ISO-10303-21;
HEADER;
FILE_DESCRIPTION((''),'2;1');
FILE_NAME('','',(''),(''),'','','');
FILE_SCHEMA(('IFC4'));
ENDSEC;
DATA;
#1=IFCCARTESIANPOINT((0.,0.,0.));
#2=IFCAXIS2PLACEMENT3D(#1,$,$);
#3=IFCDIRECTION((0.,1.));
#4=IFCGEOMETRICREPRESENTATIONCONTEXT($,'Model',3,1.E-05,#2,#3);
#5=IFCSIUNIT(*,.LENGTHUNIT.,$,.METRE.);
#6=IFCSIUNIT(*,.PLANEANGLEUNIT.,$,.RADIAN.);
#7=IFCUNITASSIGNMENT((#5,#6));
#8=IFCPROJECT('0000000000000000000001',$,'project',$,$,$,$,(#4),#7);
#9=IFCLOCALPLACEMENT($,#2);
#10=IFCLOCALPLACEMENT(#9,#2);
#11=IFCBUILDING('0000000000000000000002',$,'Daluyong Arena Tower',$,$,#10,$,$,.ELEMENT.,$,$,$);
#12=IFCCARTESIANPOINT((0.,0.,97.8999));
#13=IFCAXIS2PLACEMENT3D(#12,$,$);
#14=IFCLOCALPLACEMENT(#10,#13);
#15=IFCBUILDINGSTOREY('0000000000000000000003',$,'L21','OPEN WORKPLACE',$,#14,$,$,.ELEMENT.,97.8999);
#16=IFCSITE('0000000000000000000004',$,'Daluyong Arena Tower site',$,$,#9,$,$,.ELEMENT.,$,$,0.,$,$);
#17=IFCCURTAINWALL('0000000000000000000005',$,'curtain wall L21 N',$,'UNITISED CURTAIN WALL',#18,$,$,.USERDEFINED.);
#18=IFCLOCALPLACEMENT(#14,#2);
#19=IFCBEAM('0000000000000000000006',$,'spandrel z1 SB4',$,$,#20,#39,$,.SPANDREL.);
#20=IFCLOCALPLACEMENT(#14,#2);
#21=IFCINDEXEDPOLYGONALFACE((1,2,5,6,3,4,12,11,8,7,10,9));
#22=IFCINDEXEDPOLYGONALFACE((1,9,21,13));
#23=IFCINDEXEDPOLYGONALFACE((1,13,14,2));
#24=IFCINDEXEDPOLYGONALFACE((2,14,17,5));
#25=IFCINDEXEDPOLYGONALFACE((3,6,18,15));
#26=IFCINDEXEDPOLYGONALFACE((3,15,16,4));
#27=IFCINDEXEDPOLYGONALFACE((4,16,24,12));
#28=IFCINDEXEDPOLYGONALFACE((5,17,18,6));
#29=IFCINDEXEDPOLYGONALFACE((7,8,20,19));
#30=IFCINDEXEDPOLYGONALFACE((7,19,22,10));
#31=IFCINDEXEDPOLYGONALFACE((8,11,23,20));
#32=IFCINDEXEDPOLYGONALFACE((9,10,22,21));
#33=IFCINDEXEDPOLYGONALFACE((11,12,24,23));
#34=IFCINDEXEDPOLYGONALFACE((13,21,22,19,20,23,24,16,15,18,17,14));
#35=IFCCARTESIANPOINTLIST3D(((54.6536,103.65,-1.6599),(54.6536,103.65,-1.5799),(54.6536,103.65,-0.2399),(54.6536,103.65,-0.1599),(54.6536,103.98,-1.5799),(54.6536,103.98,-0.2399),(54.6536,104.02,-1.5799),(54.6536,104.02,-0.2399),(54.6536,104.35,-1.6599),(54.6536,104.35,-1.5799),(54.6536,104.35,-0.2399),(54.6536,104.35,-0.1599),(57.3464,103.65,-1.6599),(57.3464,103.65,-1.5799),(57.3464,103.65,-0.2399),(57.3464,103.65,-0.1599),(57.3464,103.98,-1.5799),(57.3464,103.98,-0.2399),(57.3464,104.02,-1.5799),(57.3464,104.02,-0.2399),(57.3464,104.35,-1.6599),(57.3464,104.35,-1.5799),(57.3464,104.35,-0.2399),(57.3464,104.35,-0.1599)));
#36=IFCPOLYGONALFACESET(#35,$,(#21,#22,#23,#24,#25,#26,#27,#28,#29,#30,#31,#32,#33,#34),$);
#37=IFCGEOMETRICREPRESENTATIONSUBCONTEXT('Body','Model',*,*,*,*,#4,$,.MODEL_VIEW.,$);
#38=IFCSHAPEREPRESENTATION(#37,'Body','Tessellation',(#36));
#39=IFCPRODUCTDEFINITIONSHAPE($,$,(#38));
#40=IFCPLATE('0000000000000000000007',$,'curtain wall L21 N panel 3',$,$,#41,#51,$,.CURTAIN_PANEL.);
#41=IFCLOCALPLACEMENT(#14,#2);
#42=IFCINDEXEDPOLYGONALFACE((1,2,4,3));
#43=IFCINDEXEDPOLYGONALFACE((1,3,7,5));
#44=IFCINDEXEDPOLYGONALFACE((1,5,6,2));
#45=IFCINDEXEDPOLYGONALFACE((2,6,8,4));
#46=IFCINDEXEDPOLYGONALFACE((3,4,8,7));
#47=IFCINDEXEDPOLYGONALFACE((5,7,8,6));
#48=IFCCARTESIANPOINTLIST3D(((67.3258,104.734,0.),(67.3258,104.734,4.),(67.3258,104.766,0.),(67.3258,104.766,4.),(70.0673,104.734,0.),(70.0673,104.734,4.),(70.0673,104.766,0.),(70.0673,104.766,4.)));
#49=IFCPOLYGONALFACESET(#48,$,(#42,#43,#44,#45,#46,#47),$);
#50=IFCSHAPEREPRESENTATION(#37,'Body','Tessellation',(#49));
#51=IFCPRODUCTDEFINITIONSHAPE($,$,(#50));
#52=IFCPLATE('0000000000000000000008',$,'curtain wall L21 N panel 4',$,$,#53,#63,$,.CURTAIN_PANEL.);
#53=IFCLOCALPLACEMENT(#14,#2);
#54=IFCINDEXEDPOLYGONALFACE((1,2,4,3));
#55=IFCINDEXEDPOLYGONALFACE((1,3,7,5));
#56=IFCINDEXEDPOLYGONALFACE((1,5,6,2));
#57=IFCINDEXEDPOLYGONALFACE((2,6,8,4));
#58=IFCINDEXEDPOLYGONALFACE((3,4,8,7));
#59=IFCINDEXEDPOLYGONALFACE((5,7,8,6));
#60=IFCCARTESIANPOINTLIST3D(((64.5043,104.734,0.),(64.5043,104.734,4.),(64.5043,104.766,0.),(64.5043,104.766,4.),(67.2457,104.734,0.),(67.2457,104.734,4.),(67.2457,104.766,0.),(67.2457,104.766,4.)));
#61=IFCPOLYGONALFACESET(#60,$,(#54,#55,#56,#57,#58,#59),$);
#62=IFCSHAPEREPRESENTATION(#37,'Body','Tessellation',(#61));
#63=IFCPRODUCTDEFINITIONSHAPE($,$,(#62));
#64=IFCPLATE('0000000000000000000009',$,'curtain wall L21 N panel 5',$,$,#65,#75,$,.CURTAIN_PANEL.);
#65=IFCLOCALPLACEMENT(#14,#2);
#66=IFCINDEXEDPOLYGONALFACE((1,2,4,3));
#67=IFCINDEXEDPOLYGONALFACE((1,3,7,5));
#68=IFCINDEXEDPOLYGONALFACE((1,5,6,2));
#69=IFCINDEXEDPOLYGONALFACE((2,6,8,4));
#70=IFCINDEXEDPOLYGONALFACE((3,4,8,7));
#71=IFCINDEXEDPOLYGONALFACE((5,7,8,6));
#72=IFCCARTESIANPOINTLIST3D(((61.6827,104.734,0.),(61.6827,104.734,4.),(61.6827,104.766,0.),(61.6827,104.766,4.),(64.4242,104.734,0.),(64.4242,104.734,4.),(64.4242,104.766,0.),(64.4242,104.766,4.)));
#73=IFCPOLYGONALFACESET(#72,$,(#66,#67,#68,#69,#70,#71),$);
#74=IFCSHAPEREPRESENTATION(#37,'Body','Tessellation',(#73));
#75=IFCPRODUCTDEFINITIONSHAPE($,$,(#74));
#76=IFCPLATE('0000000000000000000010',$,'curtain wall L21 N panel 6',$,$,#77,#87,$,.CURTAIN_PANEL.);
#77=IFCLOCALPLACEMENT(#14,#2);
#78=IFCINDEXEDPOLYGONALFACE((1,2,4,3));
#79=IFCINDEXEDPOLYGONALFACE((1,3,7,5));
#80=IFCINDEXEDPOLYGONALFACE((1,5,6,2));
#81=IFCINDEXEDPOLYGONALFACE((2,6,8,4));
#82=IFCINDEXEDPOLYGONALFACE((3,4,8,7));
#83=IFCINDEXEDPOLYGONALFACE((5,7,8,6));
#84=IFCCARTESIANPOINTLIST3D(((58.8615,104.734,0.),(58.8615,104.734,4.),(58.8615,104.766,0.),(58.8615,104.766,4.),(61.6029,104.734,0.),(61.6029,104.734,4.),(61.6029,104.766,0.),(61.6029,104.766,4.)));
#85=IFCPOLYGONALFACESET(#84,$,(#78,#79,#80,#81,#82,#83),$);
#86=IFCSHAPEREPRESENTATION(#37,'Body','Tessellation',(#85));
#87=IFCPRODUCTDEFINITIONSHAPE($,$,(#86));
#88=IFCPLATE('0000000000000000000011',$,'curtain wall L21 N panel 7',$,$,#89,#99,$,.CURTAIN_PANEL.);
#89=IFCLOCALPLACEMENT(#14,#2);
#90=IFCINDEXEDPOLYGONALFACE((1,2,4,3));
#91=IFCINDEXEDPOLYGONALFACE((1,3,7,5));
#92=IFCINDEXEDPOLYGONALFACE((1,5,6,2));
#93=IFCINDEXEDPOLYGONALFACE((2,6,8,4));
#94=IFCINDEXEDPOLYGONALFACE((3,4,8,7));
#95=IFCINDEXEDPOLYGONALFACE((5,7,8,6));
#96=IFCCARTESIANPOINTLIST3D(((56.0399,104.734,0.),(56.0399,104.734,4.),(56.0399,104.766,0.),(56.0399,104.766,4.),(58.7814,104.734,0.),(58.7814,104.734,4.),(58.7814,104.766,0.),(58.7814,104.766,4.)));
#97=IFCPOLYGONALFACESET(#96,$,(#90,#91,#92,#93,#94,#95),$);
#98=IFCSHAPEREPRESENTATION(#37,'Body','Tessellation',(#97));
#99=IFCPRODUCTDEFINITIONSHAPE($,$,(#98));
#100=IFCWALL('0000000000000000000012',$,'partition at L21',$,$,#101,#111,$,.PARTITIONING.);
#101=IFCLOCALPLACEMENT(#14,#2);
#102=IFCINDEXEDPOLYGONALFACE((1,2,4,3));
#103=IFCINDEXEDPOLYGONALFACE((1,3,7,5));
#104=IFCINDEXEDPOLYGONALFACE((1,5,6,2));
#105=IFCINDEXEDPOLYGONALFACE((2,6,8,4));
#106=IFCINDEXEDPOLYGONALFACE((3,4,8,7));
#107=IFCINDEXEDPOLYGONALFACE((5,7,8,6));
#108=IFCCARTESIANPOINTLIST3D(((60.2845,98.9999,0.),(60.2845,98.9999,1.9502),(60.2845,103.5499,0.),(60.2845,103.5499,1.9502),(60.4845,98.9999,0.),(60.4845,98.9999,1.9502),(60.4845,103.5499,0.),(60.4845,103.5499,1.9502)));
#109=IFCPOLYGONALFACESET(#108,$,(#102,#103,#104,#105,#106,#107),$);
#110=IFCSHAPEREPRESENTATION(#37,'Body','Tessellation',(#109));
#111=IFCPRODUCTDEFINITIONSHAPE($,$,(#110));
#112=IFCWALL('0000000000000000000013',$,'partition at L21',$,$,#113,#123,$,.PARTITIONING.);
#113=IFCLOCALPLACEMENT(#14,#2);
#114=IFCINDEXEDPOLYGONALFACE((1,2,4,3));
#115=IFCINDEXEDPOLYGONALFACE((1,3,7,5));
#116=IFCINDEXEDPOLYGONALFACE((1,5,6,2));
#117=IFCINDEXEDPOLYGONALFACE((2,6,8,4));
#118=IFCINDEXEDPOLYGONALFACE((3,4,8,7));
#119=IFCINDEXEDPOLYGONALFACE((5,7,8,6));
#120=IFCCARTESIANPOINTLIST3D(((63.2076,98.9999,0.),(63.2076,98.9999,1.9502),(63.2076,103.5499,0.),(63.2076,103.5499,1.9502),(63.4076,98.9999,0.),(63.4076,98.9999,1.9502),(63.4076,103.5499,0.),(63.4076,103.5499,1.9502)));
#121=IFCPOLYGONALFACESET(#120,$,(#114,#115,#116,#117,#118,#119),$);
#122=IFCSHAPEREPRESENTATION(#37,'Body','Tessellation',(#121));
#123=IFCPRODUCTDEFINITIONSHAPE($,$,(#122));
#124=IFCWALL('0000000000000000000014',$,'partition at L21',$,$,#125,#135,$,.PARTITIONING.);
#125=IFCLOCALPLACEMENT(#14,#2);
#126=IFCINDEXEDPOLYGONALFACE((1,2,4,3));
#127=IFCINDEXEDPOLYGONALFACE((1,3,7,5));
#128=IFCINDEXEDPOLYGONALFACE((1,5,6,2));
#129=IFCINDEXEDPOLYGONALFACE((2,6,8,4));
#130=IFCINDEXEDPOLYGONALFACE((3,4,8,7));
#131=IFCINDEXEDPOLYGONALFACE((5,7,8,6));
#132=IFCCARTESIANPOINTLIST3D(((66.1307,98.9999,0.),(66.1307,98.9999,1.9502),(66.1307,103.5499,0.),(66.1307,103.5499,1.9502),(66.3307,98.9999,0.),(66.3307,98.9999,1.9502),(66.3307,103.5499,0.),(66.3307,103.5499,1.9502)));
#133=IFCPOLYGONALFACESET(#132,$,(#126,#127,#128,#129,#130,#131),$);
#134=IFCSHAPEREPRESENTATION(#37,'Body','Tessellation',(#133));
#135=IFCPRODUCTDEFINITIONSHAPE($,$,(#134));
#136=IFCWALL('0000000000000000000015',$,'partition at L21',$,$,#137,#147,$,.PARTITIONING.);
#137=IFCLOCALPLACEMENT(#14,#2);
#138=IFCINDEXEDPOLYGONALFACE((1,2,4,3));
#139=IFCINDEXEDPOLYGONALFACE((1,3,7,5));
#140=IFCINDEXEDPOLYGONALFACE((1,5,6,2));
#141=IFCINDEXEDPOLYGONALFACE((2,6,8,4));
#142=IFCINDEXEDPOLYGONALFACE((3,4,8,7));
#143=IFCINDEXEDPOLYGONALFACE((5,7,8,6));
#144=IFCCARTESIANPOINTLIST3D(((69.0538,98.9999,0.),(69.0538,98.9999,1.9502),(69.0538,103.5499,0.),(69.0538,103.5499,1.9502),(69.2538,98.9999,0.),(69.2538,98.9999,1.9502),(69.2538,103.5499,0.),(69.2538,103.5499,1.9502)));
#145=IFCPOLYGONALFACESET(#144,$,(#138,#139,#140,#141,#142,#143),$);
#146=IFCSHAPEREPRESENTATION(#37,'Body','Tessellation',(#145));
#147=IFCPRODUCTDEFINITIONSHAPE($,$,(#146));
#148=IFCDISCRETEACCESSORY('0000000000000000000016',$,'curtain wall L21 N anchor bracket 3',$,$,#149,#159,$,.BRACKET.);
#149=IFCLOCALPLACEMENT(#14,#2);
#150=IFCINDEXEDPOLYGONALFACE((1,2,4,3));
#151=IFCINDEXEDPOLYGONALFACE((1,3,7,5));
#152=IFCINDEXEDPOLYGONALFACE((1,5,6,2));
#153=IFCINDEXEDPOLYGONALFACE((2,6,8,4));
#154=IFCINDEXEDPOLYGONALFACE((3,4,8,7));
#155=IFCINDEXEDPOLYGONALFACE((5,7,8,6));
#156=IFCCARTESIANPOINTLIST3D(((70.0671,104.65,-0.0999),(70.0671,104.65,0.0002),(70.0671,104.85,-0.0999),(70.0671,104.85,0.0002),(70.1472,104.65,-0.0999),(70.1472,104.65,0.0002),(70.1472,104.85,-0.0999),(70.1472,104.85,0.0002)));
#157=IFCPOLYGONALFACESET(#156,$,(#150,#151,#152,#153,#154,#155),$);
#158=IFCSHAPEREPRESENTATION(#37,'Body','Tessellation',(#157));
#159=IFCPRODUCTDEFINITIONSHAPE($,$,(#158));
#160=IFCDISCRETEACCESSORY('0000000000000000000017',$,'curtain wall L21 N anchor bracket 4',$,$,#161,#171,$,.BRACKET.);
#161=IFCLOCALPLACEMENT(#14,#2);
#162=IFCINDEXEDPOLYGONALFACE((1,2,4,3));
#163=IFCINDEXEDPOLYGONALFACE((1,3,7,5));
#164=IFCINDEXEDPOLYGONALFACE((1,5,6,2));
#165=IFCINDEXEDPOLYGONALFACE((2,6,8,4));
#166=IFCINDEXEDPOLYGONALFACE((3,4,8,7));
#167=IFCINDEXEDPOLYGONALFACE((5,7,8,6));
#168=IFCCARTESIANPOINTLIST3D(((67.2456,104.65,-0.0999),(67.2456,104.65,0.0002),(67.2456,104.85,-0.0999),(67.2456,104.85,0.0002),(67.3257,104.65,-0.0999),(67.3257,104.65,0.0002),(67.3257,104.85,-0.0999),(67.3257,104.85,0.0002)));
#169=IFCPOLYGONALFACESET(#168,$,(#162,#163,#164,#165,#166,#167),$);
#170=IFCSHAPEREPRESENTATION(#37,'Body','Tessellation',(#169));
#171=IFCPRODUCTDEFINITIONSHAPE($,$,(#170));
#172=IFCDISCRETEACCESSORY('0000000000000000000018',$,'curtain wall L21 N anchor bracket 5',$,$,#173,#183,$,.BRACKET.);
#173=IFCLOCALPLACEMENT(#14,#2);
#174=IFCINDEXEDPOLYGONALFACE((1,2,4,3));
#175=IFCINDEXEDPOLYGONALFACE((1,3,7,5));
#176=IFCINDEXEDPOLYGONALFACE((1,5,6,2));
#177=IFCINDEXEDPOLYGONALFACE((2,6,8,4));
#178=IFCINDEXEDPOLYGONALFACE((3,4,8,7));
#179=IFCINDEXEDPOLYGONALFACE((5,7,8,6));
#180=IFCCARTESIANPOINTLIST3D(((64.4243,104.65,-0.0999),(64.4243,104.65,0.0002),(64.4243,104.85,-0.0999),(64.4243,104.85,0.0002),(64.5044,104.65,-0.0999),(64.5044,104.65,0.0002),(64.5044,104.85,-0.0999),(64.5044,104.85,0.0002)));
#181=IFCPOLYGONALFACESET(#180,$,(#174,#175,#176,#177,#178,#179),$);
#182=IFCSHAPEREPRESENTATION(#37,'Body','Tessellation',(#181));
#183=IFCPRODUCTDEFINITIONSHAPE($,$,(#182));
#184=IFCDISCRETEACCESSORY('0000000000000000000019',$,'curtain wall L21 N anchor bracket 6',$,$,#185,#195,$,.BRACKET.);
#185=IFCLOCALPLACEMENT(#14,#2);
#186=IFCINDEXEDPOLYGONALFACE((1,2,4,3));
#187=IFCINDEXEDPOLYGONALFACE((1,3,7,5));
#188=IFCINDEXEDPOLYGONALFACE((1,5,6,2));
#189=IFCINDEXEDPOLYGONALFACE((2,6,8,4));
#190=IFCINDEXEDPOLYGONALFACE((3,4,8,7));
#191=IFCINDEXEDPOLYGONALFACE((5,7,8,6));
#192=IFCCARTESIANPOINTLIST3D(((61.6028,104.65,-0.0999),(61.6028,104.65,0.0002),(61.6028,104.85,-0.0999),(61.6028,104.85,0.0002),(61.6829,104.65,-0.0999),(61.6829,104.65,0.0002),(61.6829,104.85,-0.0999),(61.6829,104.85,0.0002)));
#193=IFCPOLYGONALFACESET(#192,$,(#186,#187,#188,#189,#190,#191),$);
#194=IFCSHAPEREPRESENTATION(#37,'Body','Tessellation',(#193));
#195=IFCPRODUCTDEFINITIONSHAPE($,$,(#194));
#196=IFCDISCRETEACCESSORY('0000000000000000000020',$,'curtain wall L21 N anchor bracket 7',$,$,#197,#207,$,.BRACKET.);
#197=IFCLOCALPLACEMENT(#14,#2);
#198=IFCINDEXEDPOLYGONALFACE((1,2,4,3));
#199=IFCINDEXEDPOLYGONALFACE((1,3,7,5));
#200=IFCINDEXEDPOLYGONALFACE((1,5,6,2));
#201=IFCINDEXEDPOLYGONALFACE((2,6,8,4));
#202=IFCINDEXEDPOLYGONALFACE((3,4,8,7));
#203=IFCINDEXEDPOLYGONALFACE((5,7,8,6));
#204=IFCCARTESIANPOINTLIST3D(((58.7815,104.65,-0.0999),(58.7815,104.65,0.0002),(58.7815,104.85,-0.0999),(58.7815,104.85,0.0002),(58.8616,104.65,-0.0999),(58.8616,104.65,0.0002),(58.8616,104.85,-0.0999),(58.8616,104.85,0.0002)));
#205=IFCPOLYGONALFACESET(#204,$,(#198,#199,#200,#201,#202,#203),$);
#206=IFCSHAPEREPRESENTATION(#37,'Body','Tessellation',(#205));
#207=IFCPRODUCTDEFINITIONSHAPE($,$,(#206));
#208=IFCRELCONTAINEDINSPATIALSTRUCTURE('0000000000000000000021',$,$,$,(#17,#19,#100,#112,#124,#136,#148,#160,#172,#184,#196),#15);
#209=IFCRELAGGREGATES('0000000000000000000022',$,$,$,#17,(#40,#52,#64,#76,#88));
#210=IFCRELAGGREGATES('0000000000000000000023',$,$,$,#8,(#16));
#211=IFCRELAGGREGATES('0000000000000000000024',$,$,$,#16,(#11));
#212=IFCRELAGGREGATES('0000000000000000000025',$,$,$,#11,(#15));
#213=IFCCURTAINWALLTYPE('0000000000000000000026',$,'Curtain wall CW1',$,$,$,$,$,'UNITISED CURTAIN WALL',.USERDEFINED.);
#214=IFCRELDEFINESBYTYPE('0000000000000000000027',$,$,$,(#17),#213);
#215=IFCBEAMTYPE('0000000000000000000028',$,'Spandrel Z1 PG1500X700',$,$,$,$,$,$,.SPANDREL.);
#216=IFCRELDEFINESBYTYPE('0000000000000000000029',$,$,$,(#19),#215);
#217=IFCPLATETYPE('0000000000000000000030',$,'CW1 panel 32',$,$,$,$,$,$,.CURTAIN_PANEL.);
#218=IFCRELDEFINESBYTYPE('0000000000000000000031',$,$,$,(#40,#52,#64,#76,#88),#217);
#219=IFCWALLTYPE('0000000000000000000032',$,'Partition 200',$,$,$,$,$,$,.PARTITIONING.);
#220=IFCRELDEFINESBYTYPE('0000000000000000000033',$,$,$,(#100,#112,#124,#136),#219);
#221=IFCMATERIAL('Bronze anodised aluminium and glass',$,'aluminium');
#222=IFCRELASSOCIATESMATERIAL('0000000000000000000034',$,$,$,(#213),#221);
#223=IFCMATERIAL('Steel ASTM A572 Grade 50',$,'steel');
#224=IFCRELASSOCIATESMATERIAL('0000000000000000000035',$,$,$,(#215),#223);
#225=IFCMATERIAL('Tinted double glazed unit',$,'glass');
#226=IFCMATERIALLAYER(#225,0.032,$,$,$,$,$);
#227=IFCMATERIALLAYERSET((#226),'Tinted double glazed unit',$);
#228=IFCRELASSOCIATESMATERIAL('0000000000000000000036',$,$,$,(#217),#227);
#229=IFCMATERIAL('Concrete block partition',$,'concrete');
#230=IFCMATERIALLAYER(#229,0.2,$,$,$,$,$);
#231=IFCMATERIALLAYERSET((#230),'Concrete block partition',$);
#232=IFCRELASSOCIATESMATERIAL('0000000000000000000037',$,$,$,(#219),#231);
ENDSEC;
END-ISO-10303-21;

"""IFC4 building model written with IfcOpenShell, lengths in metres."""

from ifc_helpers import new_model, si_unit, direction, frame, frame_2d, origin, origin_2d, place, context, subcontext, project, spatial, rectangle, i_section, extrude, material, layer, layer_set, material_profile, profile_set, type_object, element, aggregate, save


model = new_model("IFC4")

# Units and contexts
model_context = context("Model", 3, precision=1e-05, world=origin(), true_north=direction((0.0, 1.0)))
body_context = subcontext(model_context, "Body", "Model", "MODEL_VIEW")
ifc_project = project(units=[si_unit("LENGTHUNIT", "METRE"), si_unit("PLANEANGLEUNIT", "RADIAN")], contexts=[model_context])

# Site, building, storey
site_placement = place(None, origin())
site = spatial("IfcSite", under=ifc_project, at=site_placement, Name="Daluyong Arena Tower site", CompositionType="ELEMENT", RefElevation=0.0)
building_placement = place(site_placement, origin())
building = spatial("IfcBuilding", under=site, at=building_placement, Name="Daluyong Arena Tower", CompositionType="ELEMENT")
storey_placement = place(building_placement, frame((0.0, 0.0, 97.8999)))
storey = spatial("IfcBuildingStorey", under=building, at=storey_placement, Name="L21", Description="OPEN WORKPLACE", CompositionType="ELEMENT", Elevation=97.8999)

# Curtain wall
ifc_material_1 = material(Name="Bronze anodised aluminium and glass", Category="aluminium")
curtain_wall_type = type_object("IfcCurtainWallType", Name="Curtain wall CW1", ElementType="UNITISED CURTAIN WALL", PredefinedType="USERDEFINED", material=ifc_material_1)
curtain_wall_placement = place(storey_placement, origin())
curtain_wall = element("IfcCurtainWall", 1, at=curtain_wall_placement, inside=storey, type_object=curtain_wall_type, Name="curtain wall L21 N", ObjectType="UNITISED CURTAIN WALL", PredefinedType="USERDEFINED")

# Beam
ifc_material_2 = material(Name="Steel ASTM A572 Grade 50", Category="steel")
ifc_material_profile_1 = material_profile(ifc_material_2, i_section(OverallWidth=0.7, OverallDepth=1.5, WebThickness=0.04, FlangeThickness=0.08, at=origin_2d()))
ifc_profile_set_1 = profile_set([ifc_material_profile_1], Name="Steel ASTM A572 Grade 50")
beam_type_1 = type_object("IfcBeamType", Name="Spandrel Z1 PG1500X700", PredefinedType="SPANDREL", material=ifc_profile_set_1)
beam_1_placement = place(storey_placement, frame((57.3464, 104.0, -0.9099), z_axis=(-1.0, 0.0, 0.0), x_axis=(0.0, -1.0, 0.0)))
element("IfcBeam", 2, at=beam_1_placement, inside=storey, type_object=beam_type_1, Name="spandrel z1 SB4", PredefinedType="SPANDREL", context=body_context, shape_type="SweptSolid", body=[
    extrude(i_section(OverallWidth=0.7, OverallDepth=1.5, WebThickness=0.04, FlangeThickness=0.08, at=origin_2d()), origin(), (0.0, 0.0, 1.0), 2.6929),
])

# Plates
ifc_material_3 = material(Name="Tinted double glazed unit", Category="glass")
ifc_layer_1 = layer(ifc_material_3, 0.032)
ifc_layer_set_1 = layer_set([ifc_layer_1], Name="Tinted double glazed unit")
plate_type = type_object("IfcPlateType", Name="CW1 panel 32", PredefinedType="CURTAIN_PANEL", material=ifc_layer_set_1)
plate_1_placement = place(storey_placement, frame((68.6965, 104.75, 0.0), z_axis=(0.0, 0.0, 1.0), x_axis=(-1.0, 0.0, 0.0)))
plate_1 = element("IfcPlate", 3, at=plate_1_placement, type_object=plate_type, Name="curtain wall L21 N panel 3", PredefinedType="CURTAIN_PANEL", context=body_context, shape_type="SweptSolid", body=[
    extrude(rectangle(XDim=2.7415, YDim=0.032, at=origin_2d()), origin(), (0.0, 0.0, 1.0), 4.0),
])
plate_2_placement = place(storey_placement, frame((65.875, 104.75, 0.0), z_axis=(0.0, 0.0, 1.0), x_axis=(-1.0, 0.0, 0.0)))
plate_2 = element("IfcPlate", 4, at=plate_2_placement, type_object=plate_type, Name="curtain wall L21 N panel 4", PredefinedType="CURTAIN_PANEL", context=body_context, shape_type="SweptSolid", body=[
    extrude(rectangle(XDim=2.7415, YDim=0.032, at=origin_2d()), origin(), (0.0, 0.0, 1.0), 4.0),
])
plate_3_placement = place(storey_placement, frame((63.0535, 104.75, 0.0), z_axis=(0.0, 0.0, 1.0), x_axis=(-1.0, 0.0, 0.0)))
plate_3 = element("IfcPlate", 5, at=plate_3_placement, type_object=plate_type, Name="curtain wall L21 N panel 5", PredefinedType="CURTAIN_PANEL", context=body_context, shape_type="SweptSolid", body=[
    extrude(rectangle(XDim=2.7415, YDim=0.032, at=origin_2d()), origin(), (0.0, 0.0, 1.0), 4.0),
])
plate_4_placement = place(storey_placement, frame((60.2322, 104.75, 0.0), z_axis=(0.0, 0.0, 1.0), x_axis=(-1.0, 0.0, 0.0)))
plate_4 = element("IfcPlate", 6, at=plate_4_placement, type_object=plate_type, Name="curtain wall L21 N panel 6", PredefinedType="CURTAIN_PANEL", context=body_context, shape_type="SweptSolid", body=[
    extrude(rectangle(XDim=2.7415, YDim=0.032, at=origin_2d()), origin(), (0.0, 0.0, 1.0), 4.0),
])
plate_5_placement = place(storey_placement, frame((57.4106, 104.75, 0.0), z_axis=(0.0, 0.0, 1.0), x_axis=(-1.0, 0.0, 0.0)))
plate_5 = element("IfcPlate", 7, at=plate_5_placement, type_object=plate_type, Name="curtain wall L21 N panel 7", PredefinedType="CURTAIN_PANEL", context=body_context, shape_type="SweptSolid", body=[
    extrude(rectangle(XDim=2.7415, YDim=0.032, at=origin_2d()), origin(), (0.0, 0.0, 1.0), 4.0),
])
aggregate(curtain_wall, [plate_1, plate_2, plate_3, plate_4, plate_5])

# Walls
ifc_material_4 = material(Name="Concrete block partition", Category="concrete")
ifc_layer_2 = layer(ifc_material_4, 0.2)
ifc_layer_set_2 = layer_set([ifc_layer_2], Name="Concrete block partition")
wall_type = type_object("IfcWallType", Name="Partition 200", PredefinedType="PARTITIONING", material=ifc_layer_set_2)
for number, where, z_axis, x_axis, name in (
    (8, (60.3845, 99.0, 0.0), (0.0, 0.0, 1.0), (0.0, 1.0, 0.0), "partition at L21"),
    (9, (63.3076, 99.0, 0.0), (0.0, 0.0, 1.0), (0.0, 1.0, 0.0), "partition at L21"),
    (10, (66.2307, 99.0, 0.0), (0.0, 0.0, 1.0), (0.0, 1.0, 0.0), "partition at L21"),
    (11, (69.1538, 99.0, 0.0), (0.0, 0.0, 1.0), (0.0, 1.0, 0.0), "partition at L21"),
):
    element("IfcWall", number, at=place(storey_placement, frame(where, z_axis=z_axis, x_axis=x_axis)), inside=storey, type_object=wall_type, Name=name, PredefinedType="PARTITIONING", context=body_context, shape_type="SweptSolid", body=[
        extrude(rectangle(XDim=4.55, YDim=0.2, at=frame_2d((2.2749, 0.0))), origin(), (0.0, 0.0, 1.0), 1.9502),
    ])

# Discrete accessories
for number, where, z_axis, x_axis, name in (
    (12, (70.1072, 104.75, -0.0999), (0.0, 0.0, 1.0), (-1.0, 0.0, 0.0), "curtain wall L21 N anchor bracket 3"),
    (13, (67.2856, 104.75, -0.0999), (0.0, 0.0, 1.0), (-1.0, 0.0, 0.0), "curtain wall L21 N anchor bracket 4"),
    (14, (64.4644, 104.75, -0.0999), (0.0, 0.0, 1.0), (-1.0, 0.0, 0.0), "curtain wall L21 N anchor bracket 5"),
    (15, (61.6428, 104.75, -0.0999), (0.0, 0.0, 1.0), (-1.0, 0.0, 0.0), "curtain wall L21 N anchor bracket 6"),
    (16, (58.8215, 104.75, -0.0999), (0.0, 0.0, 1.0), (-1.0, 0.0, 0.0), "curtain wall L21 N anchor bracket 7"),
):
    element("IfcDiscreteAccessory", number, at=place(storey_placement, frame(where, z_axis=z_axis, x_axis=x_axis)), inside=storey, Name=name, PredefinedType="BRACKET", context=body_context, shape_type="SweptSolid", body=[
        extrude(rectangle(XDim=0.0801, YDim=0.2, at=origin_2d()), origin(), (0.0, 0.0, 1.0), 0.1001),
    ])

save(model, "model.ifc")
